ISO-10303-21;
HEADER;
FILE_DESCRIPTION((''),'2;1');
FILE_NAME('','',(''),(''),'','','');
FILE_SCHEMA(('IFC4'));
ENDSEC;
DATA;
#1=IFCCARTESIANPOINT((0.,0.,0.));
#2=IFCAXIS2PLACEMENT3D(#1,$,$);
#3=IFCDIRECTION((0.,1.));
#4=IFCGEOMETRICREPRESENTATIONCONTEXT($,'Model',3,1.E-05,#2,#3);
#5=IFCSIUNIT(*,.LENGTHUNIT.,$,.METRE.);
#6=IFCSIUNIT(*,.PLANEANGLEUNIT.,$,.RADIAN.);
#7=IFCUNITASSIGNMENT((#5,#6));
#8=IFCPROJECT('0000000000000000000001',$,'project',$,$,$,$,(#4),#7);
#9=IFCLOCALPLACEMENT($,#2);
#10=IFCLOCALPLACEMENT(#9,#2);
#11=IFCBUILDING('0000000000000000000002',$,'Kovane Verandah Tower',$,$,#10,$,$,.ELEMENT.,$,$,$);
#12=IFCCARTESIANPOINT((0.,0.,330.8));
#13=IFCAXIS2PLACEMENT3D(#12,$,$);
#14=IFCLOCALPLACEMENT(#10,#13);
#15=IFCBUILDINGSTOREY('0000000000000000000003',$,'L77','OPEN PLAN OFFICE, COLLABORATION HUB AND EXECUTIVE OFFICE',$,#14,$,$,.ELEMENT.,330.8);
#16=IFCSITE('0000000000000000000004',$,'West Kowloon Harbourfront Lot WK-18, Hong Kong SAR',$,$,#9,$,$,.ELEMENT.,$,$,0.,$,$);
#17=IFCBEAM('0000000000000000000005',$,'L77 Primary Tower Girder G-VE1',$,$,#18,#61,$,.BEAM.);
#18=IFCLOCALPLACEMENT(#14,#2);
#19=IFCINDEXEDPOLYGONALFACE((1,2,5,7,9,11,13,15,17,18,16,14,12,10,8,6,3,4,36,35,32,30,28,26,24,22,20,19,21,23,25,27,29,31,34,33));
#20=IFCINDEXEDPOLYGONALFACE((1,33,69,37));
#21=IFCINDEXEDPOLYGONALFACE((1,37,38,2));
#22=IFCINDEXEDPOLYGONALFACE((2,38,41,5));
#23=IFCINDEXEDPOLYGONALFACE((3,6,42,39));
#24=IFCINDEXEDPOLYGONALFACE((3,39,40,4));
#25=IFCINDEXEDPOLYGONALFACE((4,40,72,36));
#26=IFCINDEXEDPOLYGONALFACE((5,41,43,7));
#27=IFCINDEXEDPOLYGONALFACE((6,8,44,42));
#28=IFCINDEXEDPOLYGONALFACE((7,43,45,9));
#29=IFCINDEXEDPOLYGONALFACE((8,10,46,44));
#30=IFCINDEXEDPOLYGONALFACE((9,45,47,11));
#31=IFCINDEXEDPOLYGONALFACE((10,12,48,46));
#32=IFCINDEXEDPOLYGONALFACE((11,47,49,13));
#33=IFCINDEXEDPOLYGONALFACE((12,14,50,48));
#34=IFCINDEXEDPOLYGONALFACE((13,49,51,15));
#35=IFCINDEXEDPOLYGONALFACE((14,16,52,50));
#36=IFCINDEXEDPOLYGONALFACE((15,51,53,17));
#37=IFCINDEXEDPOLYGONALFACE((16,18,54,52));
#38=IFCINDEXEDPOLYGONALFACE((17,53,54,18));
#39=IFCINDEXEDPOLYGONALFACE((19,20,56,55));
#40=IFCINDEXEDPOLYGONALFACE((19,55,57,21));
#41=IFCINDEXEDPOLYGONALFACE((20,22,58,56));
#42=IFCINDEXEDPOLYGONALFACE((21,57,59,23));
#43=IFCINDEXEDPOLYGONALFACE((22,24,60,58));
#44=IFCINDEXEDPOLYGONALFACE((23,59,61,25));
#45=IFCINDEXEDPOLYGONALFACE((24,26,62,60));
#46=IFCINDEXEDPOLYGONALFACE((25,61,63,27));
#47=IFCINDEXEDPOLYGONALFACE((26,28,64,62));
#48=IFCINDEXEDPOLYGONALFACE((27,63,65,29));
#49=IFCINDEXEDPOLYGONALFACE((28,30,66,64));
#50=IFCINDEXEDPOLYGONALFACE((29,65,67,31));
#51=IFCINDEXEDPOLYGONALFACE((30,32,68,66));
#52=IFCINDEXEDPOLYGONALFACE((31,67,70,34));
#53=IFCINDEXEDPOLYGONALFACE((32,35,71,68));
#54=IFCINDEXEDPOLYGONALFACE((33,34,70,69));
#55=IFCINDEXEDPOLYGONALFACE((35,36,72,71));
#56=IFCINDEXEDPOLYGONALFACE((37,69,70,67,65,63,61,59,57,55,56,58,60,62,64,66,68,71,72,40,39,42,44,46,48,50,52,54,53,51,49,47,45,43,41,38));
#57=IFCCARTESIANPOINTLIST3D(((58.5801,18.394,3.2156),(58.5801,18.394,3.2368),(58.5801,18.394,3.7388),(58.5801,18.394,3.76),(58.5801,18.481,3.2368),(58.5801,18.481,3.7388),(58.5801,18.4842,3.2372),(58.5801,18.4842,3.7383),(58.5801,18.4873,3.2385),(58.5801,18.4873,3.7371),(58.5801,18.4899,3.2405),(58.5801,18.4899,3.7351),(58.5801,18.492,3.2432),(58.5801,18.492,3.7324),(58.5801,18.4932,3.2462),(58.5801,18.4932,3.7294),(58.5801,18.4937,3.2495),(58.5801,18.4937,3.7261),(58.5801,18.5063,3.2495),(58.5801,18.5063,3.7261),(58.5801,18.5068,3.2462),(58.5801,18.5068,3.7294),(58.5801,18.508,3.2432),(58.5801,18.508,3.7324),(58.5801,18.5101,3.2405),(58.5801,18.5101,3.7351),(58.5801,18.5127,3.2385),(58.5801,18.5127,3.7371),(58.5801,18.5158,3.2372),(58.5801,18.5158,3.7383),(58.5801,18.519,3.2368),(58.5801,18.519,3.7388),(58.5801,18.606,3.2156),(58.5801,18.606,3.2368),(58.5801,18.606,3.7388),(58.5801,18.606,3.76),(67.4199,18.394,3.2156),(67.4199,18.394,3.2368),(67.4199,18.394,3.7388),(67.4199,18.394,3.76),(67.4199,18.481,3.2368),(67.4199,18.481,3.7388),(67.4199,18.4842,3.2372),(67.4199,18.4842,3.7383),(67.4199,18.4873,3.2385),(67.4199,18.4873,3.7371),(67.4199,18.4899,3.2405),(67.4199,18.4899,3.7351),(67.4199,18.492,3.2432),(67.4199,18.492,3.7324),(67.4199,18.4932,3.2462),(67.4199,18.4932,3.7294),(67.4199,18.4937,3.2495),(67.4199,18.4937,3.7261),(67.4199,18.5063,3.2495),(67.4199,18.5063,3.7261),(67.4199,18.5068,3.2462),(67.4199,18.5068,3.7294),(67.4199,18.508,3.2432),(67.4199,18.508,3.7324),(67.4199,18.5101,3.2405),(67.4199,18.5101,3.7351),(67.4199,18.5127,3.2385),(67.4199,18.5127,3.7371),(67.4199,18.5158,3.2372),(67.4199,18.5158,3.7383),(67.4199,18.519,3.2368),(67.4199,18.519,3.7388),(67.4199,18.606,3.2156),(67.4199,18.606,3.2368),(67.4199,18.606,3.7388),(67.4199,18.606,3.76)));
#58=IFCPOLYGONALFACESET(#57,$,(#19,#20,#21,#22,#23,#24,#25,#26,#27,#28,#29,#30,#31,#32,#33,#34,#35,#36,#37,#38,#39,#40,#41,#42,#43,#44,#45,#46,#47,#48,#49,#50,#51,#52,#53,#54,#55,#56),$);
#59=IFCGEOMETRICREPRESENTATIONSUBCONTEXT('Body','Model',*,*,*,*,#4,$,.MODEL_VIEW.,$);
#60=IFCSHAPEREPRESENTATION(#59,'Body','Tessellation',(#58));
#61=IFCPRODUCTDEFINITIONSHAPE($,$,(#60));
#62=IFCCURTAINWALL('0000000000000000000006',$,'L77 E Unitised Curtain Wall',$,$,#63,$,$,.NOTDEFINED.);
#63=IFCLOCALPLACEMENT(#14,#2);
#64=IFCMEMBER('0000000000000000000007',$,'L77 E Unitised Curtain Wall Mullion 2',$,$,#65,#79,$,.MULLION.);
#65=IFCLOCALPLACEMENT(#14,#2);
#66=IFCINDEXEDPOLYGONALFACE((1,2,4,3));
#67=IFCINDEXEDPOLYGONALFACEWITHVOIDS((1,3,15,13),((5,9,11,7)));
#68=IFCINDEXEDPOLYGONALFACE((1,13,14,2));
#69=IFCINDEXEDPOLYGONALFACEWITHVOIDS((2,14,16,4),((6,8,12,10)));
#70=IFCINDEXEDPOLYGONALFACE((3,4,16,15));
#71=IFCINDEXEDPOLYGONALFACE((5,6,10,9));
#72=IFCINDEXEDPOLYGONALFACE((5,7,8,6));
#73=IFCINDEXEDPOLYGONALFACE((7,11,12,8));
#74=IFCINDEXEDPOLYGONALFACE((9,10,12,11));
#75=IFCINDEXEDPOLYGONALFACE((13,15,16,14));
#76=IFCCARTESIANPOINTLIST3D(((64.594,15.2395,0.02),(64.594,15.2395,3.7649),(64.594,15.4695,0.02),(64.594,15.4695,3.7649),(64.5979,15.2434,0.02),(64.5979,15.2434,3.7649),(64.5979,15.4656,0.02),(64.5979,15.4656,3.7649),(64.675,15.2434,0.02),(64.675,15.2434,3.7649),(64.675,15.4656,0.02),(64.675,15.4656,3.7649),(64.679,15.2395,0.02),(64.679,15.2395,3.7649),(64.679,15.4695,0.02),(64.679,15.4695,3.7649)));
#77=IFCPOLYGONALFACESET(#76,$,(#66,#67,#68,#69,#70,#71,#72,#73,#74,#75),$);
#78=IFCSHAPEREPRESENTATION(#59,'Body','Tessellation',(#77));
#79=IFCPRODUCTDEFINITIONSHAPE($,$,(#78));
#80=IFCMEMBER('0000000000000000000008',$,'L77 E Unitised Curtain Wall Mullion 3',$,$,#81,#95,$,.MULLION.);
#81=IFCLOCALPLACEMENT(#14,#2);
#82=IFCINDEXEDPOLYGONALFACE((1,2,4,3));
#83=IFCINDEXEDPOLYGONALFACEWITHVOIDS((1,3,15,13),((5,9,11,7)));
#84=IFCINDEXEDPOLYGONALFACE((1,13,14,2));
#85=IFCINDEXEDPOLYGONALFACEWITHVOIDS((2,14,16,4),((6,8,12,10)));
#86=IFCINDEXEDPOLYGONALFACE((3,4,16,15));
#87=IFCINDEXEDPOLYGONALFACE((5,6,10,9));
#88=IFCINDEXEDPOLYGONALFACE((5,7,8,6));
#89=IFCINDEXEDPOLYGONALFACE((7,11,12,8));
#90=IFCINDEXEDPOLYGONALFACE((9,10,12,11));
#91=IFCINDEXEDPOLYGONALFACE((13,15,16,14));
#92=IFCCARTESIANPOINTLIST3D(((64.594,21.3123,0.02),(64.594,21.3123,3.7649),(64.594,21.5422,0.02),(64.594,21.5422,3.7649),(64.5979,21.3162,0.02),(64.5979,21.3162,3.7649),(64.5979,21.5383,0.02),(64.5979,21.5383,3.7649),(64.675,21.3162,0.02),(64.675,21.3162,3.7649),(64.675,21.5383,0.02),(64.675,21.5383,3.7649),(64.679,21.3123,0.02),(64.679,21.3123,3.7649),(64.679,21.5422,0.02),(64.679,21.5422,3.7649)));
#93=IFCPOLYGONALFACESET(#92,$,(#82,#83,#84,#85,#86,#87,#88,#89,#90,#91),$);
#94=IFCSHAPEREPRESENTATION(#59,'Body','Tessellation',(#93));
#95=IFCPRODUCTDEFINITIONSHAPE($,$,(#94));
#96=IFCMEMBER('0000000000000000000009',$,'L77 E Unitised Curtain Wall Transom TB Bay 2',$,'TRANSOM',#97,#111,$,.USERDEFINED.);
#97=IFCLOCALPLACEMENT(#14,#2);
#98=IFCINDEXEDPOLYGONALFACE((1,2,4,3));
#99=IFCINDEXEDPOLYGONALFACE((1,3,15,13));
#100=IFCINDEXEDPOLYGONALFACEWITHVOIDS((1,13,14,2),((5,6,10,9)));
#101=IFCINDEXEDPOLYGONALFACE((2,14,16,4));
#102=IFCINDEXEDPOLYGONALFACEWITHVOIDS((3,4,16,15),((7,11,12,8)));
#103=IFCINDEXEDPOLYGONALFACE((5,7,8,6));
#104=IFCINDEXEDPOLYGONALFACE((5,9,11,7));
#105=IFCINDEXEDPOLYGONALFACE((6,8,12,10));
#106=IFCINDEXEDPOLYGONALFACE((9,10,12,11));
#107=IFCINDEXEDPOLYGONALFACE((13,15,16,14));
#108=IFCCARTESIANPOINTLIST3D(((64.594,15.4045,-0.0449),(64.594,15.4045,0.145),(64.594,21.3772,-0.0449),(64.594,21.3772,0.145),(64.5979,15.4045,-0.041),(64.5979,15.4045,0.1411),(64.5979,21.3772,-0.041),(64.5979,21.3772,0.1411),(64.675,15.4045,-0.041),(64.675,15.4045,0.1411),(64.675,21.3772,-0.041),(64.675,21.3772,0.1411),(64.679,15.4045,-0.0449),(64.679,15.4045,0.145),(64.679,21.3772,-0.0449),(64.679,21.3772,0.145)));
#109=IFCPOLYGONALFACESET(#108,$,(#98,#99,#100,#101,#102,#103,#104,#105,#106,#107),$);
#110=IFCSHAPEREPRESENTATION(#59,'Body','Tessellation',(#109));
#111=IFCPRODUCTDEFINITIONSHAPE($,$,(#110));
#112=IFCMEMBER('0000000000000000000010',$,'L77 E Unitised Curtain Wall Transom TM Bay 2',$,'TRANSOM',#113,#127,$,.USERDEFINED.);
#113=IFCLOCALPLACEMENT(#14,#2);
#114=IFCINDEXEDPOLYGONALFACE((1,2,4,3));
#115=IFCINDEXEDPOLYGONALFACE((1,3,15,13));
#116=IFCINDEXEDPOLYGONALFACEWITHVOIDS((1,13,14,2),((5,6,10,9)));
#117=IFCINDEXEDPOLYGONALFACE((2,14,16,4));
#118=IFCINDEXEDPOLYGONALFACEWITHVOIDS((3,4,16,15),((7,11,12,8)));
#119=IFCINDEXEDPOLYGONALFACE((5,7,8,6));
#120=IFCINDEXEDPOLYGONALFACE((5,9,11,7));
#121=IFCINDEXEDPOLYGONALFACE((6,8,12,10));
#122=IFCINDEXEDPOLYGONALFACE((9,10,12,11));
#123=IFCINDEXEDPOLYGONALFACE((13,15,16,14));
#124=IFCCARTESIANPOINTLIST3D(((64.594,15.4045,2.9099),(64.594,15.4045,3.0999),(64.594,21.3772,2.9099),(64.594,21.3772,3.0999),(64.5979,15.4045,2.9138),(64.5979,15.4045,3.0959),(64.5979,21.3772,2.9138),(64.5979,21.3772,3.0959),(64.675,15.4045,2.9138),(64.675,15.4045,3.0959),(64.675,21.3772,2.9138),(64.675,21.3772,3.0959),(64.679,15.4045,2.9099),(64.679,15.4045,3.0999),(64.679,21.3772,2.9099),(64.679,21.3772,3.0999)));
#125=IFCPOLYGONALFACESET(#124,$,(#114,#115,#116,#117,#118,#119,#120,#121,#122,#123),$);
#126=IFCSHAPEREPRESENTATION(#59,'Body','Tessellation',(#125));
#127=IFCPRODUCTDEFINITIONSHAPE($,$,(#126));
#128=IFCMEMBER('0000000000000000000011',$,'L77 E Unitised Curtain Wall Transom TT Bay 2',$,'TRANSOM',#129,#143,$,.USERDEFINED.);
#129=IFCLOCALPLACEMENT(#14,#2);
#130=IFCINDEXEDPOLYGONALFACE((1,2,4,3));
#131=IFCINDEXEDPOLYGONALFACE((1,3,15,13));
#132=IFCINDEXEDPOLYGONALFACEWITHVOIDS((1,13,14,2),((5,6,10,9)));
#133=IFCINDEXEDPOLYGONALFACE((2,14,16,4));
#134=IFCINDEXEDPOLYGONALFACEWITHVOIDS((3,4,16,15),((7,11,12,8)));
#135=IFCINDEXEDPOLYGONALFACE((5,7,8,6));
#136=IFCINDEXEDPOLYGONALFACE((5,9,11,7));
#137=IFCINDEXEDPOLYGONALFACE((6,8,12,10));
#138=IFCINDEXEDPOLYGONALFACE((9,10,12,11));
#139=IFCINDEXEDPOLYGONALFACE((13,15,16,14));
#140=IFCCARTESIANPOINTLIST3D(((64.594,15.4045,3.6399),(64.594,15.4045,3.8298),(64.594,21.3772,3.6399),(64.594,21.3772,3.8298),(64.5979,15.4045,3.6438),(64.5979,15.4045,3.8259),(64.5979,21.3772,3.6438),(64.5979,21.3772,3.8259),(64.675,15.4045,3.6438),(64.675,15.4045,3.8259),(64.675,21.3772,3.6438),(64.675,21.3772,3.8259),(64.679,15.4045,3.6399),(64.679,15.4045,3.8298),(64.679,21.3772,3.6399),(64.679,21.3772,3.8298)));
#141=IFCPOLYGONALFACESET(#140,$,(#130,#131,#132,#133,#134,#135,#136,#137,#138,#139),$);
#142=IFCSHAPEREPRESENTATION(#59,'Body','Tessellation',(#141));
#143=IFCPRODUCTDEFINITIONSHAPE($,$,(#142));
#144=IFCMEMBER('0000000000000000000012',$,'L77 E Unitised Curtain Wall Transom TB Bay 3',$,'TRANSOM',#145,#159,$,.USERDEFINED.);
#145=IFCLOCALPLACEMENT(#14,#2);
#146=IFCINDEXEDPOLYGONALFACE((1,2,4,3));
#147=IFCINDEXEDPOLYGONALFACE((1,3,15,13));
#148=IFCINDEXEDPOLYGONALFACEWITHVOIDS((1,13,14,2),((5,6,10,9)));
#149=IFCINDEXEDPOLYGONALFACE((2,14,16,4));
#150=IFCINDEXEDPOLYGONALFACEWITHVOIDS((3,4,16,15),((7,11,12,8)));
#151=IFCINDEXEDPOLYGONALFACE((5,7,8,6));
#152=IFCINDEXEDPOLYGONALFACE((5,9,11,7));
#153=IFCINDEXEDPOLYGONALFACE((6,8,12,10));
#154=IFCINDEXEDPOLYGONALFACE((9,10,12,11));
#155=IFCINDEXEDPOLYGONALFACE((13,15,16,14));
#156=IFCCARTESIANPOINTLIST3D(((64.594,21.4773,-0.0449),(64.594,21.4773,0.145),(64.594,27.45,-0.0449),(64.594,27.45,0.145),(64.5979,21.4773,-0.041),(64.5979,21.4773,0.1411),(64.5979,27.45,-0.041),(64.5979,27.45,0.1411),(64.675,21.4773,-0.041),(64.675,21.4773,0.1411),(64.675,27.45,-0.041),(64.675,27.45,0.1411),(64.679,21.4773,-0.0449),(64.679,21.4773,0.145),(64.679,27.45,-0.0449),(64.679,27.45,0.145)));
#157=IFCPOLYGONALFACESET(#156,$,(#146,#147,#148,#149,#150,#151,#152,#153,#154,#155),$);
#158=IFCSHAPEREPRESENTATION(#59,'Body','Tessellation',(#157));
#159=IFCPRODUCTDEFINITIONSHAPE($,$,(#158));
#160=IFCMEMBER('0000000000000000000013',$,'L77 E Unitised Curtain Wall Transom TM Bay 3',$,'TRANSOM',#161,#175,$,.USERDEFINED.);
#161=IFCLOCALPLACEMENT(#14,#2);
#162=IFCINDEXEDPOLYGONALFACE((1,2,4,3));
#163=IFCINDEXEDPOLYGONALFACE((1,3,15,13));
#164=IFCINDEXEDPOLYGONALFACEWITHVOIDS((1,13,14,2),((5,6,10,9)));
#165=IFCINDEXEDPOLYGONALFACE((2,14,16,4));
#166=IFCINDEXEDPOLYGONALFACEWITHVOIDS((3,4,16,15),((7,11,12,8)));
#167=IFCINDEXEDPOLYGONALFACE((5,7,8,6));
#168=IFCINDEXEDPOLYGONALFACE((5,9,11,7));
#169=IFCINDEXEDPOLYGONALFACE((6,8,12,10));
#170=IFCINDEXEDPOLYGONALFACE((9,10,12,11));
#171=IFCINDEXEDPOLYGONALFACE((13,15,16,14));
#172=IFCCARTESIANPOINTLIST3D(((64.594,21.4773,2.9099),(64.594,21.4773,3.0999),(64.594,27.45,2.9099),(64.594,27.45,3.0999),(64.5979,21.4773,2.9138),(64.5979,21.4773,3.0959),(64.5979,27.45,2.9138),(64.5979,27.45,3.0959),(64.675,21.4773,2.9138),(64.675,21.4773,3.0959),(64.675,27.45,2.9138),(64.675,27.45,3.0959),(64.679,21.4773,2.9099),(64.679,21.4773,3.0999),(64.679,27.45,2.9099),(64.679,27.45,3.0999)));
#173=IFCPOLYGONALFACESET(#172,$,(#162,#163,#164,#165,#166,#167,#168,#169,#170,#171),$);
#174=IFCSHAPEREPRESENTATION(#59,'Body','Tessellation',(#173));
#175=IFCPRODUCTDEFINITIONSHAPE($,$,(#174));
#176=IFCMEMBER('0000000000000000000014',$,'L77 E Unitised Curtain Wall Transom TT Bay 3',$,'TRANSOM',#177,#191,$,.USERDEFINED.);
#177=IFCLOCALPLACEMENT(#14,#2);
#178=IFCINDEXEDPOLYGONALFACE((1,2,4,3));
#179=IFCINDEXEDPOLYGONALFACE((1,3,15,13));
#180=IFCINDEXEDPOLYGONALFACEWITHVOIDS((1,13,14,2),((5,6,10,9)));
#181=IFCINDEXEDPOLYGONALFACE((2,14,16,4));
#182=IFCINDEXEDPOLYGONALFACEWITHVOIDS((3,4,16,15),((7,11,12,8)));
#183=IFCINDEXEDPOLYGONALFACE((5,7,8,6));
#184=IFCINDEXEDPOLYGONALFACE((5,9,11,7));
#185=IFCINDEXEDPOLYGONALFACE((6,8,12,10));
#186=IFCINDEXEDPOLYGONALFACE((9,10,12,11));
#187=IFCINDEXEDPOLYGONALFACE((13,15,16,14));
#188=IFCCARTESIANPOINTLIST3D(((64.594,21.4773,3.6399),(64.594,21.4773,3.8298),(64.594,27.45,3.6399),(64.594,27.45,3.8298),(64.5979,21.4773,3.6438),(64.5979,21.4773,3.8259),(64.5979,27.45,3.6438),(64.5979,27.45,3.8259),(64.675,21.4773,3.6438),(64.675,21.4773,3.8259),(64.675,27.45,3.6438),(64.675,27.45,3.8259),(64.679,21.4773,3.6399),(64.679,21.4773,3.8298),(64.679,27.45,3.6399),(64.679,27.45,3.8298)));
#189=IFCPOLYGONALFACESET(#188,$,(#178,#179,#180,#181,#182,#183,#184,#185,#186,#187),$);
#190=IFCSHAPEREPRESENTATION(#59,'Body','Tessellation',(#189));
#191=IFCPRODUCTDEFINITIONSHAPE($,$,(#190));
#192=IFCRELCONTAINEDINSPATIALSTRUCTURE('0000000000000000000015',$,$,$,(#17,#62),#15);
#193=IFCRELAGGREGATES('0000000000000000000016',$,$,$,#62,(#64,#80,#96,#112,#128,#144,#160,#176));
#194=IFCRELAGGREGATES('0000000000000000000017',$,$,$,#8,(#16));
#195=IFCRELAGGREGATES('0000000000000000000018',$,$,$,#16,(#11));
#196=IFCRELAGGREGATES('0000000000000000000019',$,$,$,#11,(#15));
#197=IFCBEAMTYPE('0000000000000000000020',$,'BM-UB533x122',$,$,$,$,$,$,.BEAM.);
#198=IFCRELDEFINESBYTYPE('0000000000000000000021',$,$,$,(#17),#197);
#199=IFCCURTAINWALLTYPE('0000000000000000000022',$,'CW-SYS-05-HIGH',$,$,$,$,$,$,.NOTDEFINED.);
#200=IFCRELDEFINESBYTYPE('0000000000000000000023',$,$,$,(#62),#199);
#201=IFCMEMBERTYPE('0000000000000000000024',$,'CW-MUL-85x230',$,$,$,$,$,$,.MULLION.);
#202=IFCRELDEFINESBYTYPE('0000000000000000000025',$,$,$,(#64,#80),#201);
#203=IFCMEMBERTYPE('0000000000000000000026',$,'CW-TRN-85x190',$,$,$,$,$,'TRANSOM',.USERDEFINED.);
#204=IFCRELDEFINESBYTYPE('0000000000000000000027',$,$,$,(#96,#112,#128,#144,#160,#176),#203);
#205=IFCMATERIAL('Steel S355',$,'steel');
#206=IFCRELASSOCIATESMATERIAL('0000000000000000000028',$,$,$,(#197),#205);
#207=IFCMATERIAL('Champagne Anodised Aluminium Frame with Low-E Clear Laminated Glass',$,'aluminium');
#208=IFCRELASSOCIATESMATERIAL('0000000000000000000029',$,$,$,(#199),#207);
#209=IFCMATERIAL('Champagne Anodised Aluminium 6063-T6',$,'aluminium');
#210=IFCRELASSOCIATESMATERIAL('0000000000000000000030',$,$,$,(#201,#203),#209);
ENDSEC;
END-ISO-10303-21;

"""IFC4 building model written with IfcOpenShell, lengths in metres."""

from ifc_helpers import new_model, si_unit, direction, frame, origin, origin_2d, place, context, subcontext, project, spatial, hollow_rectangle, i_section, extrude, material, material_profile, profile_set, type_object, element, aggregate, save


model = new_model("IFC4")

# Units and contexts
model_context = context("Model", 3, precision=1e-05, world=origin(), true_north=direction((0.0, 1.0)))
body_context = subcontext(model_context, "Body", "Model", "MODEL_VIEW")
ifc_project = project(units=[si_unit("LENGTHUNIT", "METRE"), si_unit("PLANEANGLEUNIT", "RADIAN")], contexts=[model_context])

# Site, building, storey
site_placement = place(None, origin())
site = spatial("IfcSite", under=ifc_project, at=site_placement, Name="West Kowloon Harbourfront Lot WK-18, Hong Kong SAR", CompositionType="ELEMENT", RefElevation=0.0)
building_placement = place(site_placement, origin())
building = spatial("IfcBuilding", under=site, at=building_placement, Name="Kovane Verandah Tower", CompositionType="ELEMENT")
storey_placement = place(building_placement, frame((0.0, 0.0, 330.8)))
storey = spatial("IfcBuildingStorey", under=building, at=storey_placement, Name="L77", Description="OPEN PLAN OFFICE, COLLABORATION HUB AND EXECUTIVE OFFICE", CompositionType="ELEMENT", Elevation=330.8)

# Beam
ifc_material_1 = material(Name="Steel S355", Category="steel")
ifc_material_profile_1 = material_profile(ifc_material_1, i_section(OverallWidth=0.2119, OverallDepth=0.5444, WebThickness=0.0127, FlangeThickness=0.0212, FilletRadius=0.0127, at=origin_2d()), Name="UB533x210x122")
ifc_profile_set_1 = profile_set([ifc_material_profile_1], Name="Steel S355")
beam_type_1 = type_object("IfcBeamType", Name="BM-UB533x122", PredefinedType="BEAM", material=ifc_profile_set_1)
beam_1_placement = place(storey_placement, frame((58.5801, 18.5, 3.4878), z_axis=(1.0, 0.0, 0.0), x_axis=(0.0, 1.0, 0.0)))
element("IfcBeam", 1, at=beam_1_placement, inside=storey, type_object=beam_type_1, Name="L77 Primary Tower Girder G-VE1", PredefinedType="BEAM", context=body_context, shape_type="SweptSolid", body=[
    extrude(i_section(OverallWidth=0.2119, OverallDepth=0.5444, WebThickness=0.0127, FlangeThickness=0.0212, FilletRadius=0.0127, at=origin_2d()), origin(), (0.0, 0.0, 1.0), 8.8398),
])

# Curtain wall, members
ifc_material_2 = material(Name="Champagne Anodised Aluminium Frame with Low-E Clear Laminated Glass", Category="aluminium")
curtain_wall_type = type_object("IfcCurtainWallType", Name="CW-SYS-05-HIGH", PredefinedType="NOTDEFINED", material=ifc_material_2)
curtain_wall_placement = place(storey_placement, origin())
curtain_wall = element("IfcCurtainWall", 2, at=curtain_wall_placement, inside=storey, type_object=curtain_wall_type, Name="L77 E Unitised Curtain Wall", PredefinedType="NOTDEFINED")
ifc_material_3 = material(Name="Champagne Anodised Aluminium 6063-T6", Category="aluminium")
ifc_material_profile_2 = material_profile(ifc_material_3, hollow_rectangle(XDim=0.085, YDim=0.23, WallThickness=0.0039, at=origin_2d()), Name="AL85x230x4")
ifc_profile_set_2 = profile_set([ifc_material_profile_2], Name="Champagne Anodised Aluminium 6063-T6")
member_type_1 = type_object("IfcMemberType", Name="CW-MUL-85x230", PredefinedType="MULLION", material=ifc_profile_set_2)
member_1_placement = place(storey_placement, frame((64.6365, 15.3545, 0.02), z_axis=(0.0, 0.0, 1.0), x_axis=(1.0, 0.0, 0.0)))
member_1 = element("IfcMember", 3, at=member_1_placement, type_object=member_type_1, Name="L77 E Unitised Curtain Wall Mullion 2", PredefinedType="MULLION", context=body_context, shape_type="SweptSolid", body=[
    extrude(hollow_rectangle(XDim=0.085, YDim=0.23, WallThickness=0.0039, at=origin_2d()), origin(), (0.0, 0.0, 1.0), 3.7449),
])
member_2_placement = place(storey_placement, frame((64.6365, 21.4272, 0.02), z_axis=(0.0, 0.0, 1.0), x_axis=(1.0, 0.0, 0.0)))
member_2 = element("IfcMember", 4, at=member_2_placement, type_object=member_type_1, Name="L77 E Unitised Curtain Wall Mullion 3", PredefinedType="MULLION", context=body_context, shape_type="SweptSolid", body=[
    extrude(hollow_rectangle(XDim=0.085, YDim=0.23, WallThickness=0.0039, at=origin_2d()), origin(), (0.0, 0.0, 1.0), 3.7449),
])
ifc_material_profile_3 = material_profile(ifc_material_3, hollow_rectangle(XDim=0.085, YDim=0.1899, WallThickness=0.0039, at=origin_2d()), Name="AL85x190x4")
ifc_profile_set_3 = profile_set([ifc_material_profile_3], Name="Champagne Anodised Aluminium 6063-T6")
member_type_2 = type_object("IfcMemberType", Name="CW-TRN-85x190", ElementType="TRANSOM", PredefinedType="USERDEFINED", material=ifc_profile_set_3)
member_3_placement = place(storey_placement, frame((64.6365, 15.4045, 0.05), z_axis=(0.0, 1.0, 0.0), x_axis=(-1.0, 0.0, 0.0)))
member_3 = element("IfcMember", 5, at=member_3_placement, type_object=member_type_2, Name="L77 E Unitised Curtain Wall Transom TB Bay 2", ObjectType="TRANSOM", PredefinedType="USERDEFINED", context=body_context, shape_type="SweptSolid", body=[
    extrude(hollow_rectangle(XDim=0.085, YDim=0.1899, WallThickness=0.0039, at=origin_2d()), origin(), (0.0, 0.0, 1.0), 5.9727),
])
member_4_placement = place(storey_placement, frame((64.6365, 15.4045, 3.0049), z_axis=(0.0, 1.0, 0.0), x_axis=(-1.0, 0.0, 0.0)))
member_4 = element("IfcMember", 6, at=member_4_placement, type_object=member_type_2, Name="L77 E Unitised Curtain Wall Transom TM Bay 2", ObjectType="TRANSOM", PredefinedType="USERDEFINED", context=body_context, shape_type="SweptSolid", body=[
    extrude(hollow_rectangle(XDim=0.085, YDim=0.1899, WallThickness=0.0039, at=origin_2d()), origin(), (0.0, 0.0, 1.0), 5.9727),
])
member_5_placement = place(storey_placement, frame((64.6365, 15.4045, 3.7349), z_axis=(0.0, 1.0, 0.0), x_axis=(-1.0, 0.0, 0.0)))
member_5 = element("IfcMember", 7, at=member_5_placement, type_object=member_type_2, Name="L77 E Unitised Curtain Wall Transom TT Bay 2", ObjectType="TRANSOM", PredefinedType="USERDEFINED", context=body_context, shape_type="SweptSolid", body=[
    extrude(hollow_rectangle(XDim=0.085, YDim=0.1899, WallThickness=0.0039, at=origin_2d()), origin(), (0.0, 0.0, 1.0), 5.9727),
])
member_6_placement = place(storey_placement, frame((64.6365, 21.4773, 0.05), z_axis=(0.0, 1.0, 0.0), x_axis=(-1.0, 0.0, 0.0)))
member_6 = element("IfcMember", 8, at=member_6_placement, type_object=member_type_2, Name="L77 E Unitised Curtain Wall Transom TB Bay 3", ObjectType="TRANSOM", PredefinedType="USERDEFINED", context=body_context, shape_type="SweptSolid", body=[
    extrude(hollow_rectangle(XDim=0.085, YDim=0.1899, WallThickness=0.0039, at=origin_2d()), origin(), (0.0, 0.0, 1.0), 5.9727),
])
member_7_placement = place(storey_placement, frame((64.6365, 21.4773, 3.0049), z_axis=(0.0, 1.0, 0.0), x_axis=(-1.0, 0.0, 0.0)))
member_7 = element("IfcMember", 9, at=member_7_placement, type_object=member_type_2, Name="L77 E Unitised Curtain Wall Transom TM Bay 3", ObjectType="TRANSOM", PredefinedType="USERDEFINED", context=body_context, shape_type="SweptSolid", body=[
    extrude(hollow_rectangle(XDim=0.085, YDim=0.1899, WallThickness=0.0039, at=origin_2d()), origin(), (0.0, 0.0, 1.0), 5.9727),
])
member_8_placement = place(storey_placement, frame((64.6365, 21.4773, 3.7349), z_axis=(0.0, 1.0, 0.0), x_axis=(-1.0, 0.0, 0.0)))
member_8 = element("IfcMember", 10, at=member_8_placement, type_object=member_type_2, Name="L77 E Unitised Curtain Wall Transom TT Bay 3", ObjectType="TRANSOM", PredefinedType="USERDEFINED", context=body_context, shape_type="SweptSolid", body=[
    extrude(hollow_rectangle(XDim=0.085, YDim=0.1899, WallThickness=0.0039, at=origin_2d()), origin(), (0.0, 0.0, 1.0), 5.9727),
])

aggregate(curtain_wall, [member_1, member_2, member_3, member_4, member_5, member_6, member_7, member_8])

save(model, "model.ifc")
